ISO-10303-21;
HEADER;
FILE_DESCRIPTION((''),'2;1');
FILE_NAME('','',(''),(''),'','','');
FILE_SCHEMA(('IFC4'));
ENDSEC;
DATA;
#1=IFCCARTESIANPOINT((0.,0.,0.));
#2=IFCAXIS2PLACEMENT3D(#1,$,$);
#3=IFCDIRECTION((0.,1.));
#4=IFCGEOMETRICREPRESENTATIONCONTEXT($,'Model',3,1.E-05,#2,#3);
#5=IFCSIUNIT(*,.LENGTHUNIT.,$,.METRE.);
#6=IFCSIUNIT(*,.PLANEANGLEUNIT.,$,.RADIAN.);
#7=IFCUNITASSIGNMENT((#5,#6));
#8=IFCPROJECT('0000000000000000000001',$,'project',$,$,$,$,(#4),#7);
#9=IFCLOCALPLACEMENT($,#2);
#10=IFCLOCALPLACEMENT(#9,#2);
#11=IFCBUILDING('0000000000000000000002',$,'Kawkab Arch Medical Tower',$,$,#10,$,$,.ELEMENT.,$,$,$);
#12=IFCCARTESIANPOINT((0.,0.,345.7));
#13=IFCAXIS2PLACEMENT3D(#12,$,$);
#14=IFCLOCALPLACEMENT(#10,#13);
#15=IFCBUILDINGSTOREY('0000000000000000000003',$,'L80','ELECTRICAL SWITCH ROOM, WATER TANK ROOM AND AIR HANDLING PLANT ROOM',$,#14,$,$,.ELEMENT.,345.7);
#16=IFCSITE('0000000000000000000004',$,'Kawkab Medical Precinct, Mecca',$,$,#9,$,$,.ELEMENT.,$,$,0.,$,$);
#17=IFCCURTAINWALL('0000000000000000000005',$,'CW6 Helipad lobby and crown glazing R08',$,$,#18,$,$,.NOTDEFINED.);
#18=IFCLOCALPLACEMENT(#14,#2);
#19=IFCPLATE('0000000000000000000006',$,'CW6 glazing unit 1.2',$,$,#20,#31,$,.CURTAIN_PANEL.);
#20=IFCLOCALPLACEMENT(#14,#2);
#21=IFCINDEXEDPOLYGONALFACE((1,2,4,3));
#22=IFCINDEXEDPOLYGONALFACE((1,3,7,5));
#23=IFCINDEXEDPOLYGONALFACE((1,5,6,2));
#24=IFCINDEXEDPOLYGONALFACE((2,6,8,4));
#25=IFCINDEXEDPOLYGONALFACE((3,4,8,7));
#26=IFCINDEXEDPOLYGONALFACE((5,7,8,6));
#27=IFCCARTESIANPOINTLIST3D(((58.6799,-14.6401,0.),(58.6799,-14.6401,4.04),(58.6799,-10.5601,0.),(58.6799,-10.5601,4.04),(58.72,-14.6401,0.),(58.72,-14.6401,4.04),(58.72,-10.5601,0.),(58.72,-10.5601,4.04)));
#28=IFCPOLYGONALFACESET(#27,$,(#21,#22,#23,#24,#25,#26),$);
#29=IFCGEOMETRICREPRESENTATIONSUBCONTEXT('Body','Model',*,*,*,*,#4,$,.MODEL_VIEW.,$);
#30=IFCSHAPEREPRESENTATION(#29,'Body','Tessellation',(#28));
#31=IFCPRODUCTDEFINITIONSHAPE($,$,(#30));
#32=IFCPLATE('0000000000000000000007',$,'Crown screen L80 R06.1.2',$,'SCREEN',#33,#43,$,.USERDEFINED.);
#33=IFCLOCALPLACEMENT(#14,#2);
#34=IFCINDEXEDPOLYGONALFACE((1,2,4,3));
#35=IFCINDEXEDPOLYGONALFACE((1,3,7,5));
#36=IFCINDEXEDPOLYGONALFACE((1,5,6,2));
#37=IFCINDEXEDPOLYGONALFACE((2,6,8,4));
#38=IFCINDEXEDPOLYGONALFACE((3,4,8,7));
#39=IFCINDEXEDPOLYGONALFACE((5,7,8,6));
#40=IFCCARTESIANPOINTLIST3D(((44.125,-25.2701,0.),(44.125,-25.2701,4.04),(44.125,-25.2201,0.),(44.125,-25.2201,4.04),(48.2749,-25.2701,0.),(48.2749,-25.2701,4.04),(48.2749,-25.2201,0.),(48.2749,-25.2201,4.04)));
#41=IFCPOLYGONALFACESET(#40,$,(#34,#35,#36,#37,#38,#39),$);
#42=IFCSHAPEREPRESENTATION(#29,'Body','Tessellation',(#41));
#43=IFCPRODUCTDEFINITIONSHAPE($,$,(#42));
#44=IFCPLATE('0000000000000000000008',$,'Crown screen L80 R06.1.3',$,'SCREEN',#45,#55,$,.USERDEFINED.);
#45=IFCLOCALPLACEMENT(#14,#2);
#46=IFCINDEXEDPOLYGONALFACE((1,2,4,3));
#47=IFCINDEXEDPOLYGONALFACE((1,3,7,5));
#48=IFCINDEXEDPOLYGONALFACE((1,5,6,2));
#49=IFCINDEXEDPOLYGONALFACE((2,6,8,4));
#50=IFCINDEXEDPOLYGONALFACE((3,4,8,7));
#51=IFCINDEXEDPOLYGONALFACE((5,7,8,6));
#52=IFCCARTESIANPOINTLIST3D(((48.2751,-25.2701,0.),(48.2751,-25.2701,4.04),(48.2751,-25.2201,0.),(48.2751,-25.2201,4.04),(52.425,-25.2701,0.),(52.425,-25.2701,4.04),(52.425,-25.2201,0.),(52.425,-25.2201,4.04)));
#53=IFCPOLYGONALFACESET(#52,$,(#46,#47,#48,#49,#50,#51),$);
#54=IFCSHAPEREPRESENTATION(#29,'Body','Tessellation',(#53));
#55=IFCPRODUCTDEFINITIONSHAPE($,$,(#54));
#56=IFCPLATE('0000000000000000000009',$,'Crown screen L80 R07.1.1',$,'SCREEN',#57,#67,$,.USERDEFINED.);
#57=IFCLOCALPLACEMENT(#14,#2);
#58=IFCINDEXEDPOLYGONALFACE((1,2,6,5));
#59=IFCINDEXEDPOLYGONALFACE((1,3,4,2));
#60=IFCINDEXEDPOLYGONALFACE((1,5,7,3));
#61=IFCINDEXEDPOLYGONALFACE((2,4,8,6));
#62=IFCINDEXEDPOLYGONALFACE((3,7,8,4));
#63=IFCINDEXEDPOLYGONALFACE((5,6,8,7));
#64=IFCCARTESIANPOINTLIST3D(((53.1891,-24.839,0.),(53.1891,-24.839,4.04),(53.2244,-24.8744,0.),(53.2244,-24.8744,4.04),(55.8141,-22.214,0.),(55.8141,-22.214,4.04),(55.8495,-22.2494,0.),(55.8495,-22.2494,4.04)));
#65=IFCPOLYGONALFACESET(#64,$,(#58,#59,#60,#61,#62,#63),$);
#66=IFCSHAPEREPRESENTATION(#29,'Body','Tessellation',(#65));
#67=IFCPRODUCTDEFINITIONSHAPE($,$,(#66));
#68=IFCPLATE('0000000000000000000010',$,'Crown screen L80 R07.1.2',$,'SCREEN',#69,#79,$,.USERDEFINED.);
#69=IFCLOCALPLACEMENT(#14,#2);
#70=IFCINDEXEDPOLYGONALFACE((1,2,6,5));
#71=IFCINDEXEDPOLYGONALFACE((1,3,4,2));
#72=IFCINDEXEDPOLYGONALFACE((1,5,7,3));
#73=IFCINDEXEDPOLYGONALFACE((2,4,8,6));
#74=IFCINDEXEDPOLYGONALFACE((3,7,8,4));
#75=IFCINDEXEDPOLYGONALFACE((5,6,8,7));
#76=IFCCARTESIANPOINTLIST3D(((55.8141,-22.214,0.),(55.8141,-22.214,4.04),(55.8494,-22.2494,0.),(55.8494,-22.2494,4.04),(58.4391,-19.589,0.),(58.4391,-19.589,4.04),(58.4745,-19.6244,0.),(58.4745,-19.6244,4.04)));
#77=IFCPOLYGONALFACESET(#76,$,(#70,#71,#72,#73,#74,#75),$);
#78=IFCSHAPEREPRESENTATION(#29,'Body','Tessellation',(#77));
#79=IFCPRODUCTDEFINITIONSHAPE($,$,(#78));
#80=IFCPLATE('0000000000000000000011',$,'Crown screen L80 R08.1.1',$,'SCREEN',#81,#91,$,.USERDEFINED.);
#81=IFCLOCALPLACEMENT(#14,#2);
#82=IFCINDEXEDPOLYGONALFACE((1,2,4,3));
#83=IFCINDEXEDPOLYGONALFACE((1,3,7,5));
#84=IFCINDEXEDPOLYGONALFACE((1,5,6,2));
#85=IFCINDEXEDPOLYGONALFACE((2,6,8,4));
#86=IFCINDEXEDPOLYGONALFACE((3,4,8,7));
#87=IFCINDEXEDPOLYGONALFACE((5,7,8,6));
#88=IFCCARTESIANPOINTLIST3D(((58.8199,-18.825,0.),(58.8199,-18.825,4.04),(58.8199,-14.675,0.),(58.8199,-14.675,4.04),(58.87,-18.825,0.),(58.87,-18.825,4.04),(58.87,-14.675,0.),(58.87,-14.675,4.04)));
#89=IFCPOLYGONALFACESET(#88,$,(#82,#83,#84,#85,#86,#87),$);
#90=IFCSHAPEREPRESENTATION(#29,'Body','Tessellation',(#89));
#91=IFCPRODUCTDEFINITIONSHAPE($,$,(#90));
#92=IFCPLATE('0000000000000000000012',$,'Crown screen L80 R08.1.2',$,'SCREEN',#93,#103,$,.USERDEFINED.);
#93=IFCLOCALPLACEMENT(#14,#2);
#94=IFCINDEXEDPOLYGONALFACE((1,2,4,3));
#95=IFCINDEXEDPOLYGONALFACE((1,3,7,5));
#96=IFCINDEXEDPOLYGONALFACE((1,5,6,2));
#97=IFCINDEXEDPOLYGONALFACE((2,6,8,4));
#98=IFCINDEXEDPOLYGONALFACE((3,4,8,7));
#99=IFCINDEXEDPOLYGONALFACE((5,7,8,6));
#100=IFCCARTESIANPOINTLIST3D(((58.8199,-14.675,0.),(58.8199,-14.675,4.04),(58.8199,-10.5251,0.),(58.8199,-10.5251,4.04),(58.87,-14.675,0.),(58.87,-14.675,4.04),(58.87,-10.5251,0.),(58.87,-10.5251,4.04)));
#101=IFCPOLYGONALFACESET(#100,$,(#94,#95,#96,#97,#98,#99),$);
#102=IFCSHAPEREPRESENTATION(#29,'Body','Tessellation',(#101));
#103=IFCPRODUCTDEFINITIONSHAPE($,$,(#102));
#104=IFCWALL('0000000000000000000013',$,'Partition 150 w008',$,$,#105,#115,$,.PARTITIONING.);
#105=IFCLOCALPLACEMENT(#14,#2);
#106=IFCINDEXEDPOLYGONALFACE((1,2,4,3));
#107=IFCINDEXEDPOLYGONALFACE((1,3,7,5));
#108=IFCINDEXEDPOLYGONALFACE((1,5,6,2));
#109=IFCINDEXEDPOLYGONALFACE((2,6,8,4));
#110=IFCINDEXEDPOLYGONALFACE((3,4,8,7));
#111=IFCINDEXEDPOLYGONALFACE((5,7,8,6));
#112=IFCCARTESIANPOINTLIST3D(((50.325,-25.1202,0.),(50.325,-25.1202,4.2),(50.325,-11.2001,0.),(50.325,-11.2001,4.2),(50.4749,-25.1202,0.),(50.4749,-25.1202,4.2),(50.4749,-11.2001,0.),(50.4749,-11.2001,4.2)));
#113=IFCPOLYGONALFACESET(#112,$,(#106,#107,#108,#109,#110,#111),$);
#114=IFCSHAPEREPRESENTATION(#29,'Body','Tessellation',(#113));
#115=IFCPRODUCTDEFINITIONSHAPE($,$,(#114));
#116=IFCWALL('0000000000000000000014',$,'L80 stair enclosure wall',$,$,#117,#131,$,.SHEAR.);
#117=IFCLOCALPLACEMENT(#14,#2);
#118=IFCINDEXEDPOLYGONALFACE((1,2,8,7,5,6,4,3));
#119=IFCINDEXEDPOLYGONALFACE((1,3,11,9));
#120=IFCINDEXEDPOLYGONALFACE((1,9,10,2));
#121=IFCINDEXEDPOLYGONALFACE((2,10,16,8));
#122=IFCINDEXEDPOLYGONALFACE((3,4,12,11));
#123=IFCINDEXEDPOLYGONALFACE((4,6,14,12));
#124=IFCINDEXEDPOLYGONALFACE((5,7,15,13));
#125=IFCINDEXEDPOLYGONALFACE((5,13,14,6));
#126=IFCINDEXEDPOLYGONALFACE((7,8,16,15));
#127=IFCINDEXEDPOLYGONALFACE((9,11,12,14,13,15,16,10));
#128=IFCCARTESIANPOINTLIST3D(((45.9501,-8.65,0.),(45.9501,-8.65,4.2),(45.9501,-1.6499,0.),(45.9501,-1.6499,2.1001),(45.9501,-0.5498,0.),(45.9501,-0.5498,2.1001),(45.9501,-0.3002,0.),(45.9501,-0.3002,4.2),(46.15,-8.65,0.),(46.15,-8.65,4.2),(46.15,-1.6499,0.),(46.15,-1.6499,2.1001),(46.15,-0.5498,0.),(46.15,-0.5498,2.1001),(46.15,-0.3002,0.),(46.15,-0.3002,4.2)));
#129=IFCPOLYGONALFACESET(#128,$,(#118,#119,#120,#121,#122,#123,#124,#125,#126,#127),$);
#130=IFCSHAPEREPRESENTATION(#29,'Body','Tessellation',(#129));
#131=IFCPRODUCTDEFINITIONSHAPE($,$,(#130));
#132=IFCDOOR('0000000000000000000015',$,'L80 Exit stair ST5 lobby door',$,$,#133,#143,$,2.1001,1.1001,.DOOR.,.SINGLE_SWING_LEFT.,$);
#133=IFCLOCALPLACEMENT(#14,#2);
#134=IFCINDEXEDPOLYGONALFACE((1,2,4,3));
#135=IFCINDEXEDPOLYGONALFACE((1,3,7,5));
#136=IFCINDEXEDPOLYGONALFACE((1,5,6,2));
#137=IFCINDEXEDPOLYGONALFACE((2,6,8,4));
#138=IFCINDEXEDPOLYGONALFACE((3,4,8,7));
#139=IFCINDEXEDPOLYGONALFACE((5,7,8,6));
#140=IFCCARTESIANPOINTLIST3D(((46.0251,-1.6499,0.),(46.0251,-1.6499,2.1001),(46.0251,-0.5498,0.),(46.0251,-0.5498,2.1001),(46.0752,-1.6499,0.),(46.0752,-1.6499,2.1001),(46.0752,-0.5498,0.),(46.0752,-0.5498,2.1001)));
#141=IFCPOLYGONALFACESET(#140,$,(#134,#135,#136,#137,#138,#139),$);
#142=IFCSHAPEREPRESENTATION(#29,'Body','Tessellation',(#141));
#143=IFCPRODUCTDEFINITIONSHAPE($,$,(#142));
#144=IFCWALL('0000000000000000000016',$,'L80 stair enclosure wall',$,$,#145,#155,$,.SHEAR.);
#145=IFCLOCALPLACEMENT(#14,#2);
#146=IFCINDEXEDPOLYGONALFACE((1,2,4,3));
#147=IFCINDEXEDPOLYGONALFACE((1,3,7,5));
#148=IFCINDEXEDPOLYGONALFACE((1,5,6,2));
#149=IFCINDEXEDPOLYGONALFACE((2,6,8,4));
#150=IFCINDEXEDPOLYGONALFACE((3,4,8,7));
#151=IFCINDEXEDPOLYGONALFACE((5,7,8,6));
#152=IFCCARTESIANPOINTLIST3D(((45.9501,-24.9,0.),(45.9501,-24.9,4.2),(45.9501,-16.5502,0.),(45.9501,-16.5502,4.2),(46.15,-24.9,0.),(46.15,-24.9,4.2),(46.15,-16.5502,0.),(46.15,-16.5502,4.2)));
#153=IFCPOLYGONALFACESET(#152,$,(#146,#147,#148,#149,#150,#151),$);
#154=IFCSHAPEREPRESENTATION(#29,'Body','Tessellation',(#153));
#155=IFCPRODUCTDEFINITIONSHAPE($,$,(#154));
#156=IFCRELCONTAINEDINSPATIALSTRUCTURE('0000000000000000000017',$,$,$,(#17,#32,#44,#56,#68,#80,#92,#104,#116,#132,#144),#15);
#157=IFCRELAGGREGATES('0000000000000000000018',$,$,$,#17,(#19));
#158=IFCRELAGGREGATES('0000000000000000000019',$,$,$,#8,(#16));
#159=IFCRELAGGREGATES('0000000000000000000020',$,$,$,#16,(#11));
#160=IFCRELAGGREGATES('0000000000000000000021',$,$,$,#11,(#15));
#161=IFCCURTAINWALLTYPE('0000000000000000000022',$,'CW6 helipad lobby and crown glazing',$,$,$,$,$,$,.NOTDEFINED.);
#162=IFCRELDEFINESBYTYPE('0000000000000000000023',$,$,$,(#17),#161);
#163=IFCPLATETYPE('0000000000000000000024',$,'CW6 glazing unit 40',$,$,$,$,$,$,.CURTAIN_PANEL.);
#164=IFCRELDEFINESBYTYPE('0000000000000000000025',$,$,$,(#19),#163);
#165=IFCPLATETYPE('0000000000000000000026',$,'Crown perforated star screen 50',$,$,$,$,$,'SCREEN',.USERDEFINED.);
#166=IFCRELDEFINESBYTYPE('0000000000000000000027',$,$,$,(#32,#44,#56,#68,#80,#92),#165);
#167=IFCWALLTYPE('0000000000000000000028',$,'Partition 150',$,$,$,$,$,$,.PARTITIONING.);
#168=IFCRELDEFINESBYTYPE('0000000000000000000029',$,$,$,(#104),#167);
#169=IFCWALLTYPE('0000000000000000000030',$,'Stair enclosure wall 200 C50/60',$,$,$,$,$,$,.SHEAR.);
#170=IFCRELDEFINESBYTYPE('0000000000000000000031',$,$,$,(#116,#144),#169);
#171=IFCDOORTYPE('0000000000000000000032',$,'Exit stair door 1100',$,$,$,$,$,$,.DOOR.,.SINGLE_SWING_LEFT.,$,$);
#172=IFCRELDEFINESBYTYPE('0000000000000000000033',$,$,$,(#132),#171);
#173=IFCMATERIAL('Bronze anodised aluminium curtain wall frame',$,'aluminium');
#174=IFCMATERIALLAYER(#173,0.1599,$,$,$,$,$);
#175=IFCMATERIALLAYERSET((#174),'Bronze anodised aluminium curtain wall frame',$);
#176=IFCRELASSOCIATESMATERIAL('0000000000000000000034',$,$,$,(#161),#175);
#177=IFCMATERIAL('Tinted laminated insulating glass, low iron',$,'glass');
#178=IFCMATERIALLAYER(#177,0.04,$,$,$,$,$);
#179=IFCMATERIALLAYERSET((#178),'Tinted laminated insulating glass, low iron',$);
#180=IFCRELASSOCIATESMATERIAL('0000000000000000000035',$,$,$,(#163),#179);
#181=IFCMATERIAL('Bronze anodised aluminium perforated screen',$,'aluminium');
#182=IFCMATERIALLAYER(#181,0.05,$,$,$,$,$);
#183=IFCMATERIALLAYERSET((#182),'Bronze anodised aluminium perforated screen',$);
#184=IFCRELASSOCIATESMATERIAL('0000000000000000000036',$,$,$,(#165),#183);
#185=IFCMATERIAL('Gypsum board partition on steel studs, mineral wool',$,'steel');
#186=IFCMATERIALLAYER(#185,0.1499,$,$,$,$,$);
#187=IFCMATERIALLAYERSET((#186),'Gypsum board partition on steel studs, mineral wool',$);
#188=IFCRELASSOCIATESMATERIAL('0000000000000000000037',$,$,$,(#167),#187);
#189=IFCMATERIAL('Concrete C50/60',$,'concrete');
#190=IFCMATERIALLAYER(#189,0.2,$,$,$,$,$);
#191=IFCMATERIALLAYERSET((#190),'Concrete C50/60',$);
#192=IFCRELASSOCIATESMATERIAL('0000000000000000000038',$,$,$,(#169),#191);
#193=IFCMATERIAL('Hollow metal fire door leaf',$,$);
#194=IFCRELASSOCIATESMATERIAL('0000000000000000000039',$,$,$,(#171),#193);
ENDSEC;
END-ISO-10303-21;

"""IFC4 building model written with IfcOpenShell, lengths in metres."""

from ifc_helpers import new_model, si_unit, direction, frame, frame_2d, origin, origin_2d, place, context, subcontext, project, spatial, rectangle, extrude, material, layer, layer_set, type_object, element, fill, aggregate, save


model = new_model("IFC4")

# Units and contexts
model_context = context("Model", 3, precision=1e-05, world=origin(), true_north=direction((0.0, 1.0)))
body_context = subcontext(model_context, "Body", "Model", "MODEL_VIEW")
ifc_project = project(units=[si_unit("LENGTHUNIT", "METRE"), si_unit("PLANEANGLEUNIT", "RADIAN")], contexts=[model_context])

# Site, building, storey
site_placement = place(None, origin())
site = spatial("IfcSite", under=ifc_project, at=site_placement, Name="Kawkab Medical Precinct, Mecca", CompositionType="ELEMENT", RefElevation=0.0)
building_placement = place(site_placement, origin())
building = spatial("IfcBuilding", under=site, at=building_placement, Name="Kawkab Arch Medical Tower", CompositionType="ELEMENT")
storey_placement = place(building_placement, frame((0.0, 0.0, 345.7)))
storey = spatial("IfcBuildingStorey", under=building, at=storey_placement, Name="L80", Description="ELECTRICAL SWITCH ROOM, WATER TANK ROOM AND AIR HANDLING PLANT ROOM", CompositionType="ELEMENT", Elevation=345.7)

# Shared definitions
ifc_material_1 = material(Name="Bronze anodised aluminium curtain wall frame", Category="aluminium")
ifc_layer_1 = layer(ifc_material_1, 0.1599)
ifc_layer_set_1 = layer_set([ifc_layer_1], Name="Bronze anodised aluminium curtain wall frame")
curtain_wall_type = type_object("IfcCurtainWallType", Name="CW6 helipad lobby and crown glazing", PredefinedType="NOTDEFINED", material=ifc_layer_set_1)
placement = place(storey_placement, origin())

# Curtain wall
curtain_wall_1 = element("IfcCurtainWall", 1, at=placement, inside=storey, type_object=curtain_wall_type, Name="CW6 Helipad lobby and crown glazing R08", PredefinedType="NOTDEFINED")

# Plate
ifc_material_2 = material(Name="Tinted laminated insulating glass, low iron", Category="glass")
ifc_layer_2 = layer(ifc_material_2, 0.04)
ifc_layer_set_2 = layer_set([ifc_layer_2], Name="Tinted laminated insulating glass, low iron")
plate_type_1 = type_object("IfcPlateType", Name="CW6 glazing unit 40", PredefinedType="CURTAIN_PANEL", material=ifc_layer_set_2)
plate_1_placement = place(storey_placement, frame((58.7, -12.6001, 0.0), z_axis=(0.0, 0.0, 1.0), x_axis=(0.0, 1.0, 0.0)))
plate_1 = element("IfcPlate", 2, at=plate_1_placement, type_object=plate_type_1, Name="CW6 glazing unit 1.2", PredefinedType="CURTAIN_PANEL", context=body_context, shape_type="SweptSolid", body=[
    extrude(rectangle(XDim=4.0801, YDim=0.04, at=origin_2d()), origin(), (0.0, 0.0, 1.0), 4.04),
])
aggregate(curtain_wall_1, [plate_1])

# Plates
ifc_material_3 = material(Name="Bronze anodised aluminium perforated screen", Category="aluminium")
ifc_layer_3 = layer(ifc_material_3, 0.05)
ifc_layer_set_3 = layer_set([ifc_layer_3], Name="Bronze anodised aluminium perforated screen")
plate_type_2 = type_object("IfcPlateType", Name="Crown perforated star screen 50", ElementType="SCREEN", PredefinedType="USERDEFINED", material=ifc_layer_set_3)
for number, where, z_axis, x_axis, name in (
    (3, (46.2, -25.2451, 0.0), (0.0, 0.0, 1.0), (1.0, 0.0, 0.0), "Crown screen L80 R06.1.2"),
    (4, (50.3501, -25.2451, 0.0), (0.0, 0.0, 1.0), (1.0, 0.0, 0.0), "Crown screen L80 R06.1.3"),
):
    element("IfcPlate", number, at=place(storey_placement, frame(where, z_axis=z_axis, x_axis=x_axis)), inside=storey, type_object=plate_type_2, Name=name, ObjectType="SCREEN", PredefinedType="USERDEFINED", context=body_context, shape_type="SweptSolid", body=[
        extrude(rectangle(XDim=4.1499, YDim=0.05, at=origin_2d()), origin(), (0.0, 0.0, 1.0), 4.04),
    ])
for number, where, z_axis, x_axis, name in (
    (5, (54.5193, -23.5442, 0.0), (0.0, 0.0, 1.0), (0.707107, 0.707107, 0.0), "Crown screen L80 R07.1.1"),
    (6, (57.1443, -20.9192, 0.0), (0.0, 0.0, 1.0), (0.707107, 0.707107, 0.0), "Crown screen L80 R07.1.2"),
):
    element("IfcPlate", number, at=place(storey_placement, frame(where, z_axis=z_axis, x_axis=x_axis)), inside=storey, type_object=plate_type_2, Name=name, ObjectType="SCREEN", PredefinedType="USERDEFINED", context=body_context, shape_type="SweptSolid", body=[
        extrude(rectangle(XDim=3.7124, YDim=0.05, at=origin_2d()), origin(), (0.0, 0.0, 1.0), 4.04),
    ])
for number, where, z_axis, x_axis, name in (
    (7, (58.845, -16.75, 0.0), (0.0, 0.0, 1.0), (0.0, 1.0, 0.0), "Crown screen L80 R08.1.1"),
    (8, (58.845, -12.6001, 0.0), (0.0, 0.0, 1.0), (0.0, 1.0, 0.0), "Crown screen L80 R08.1.2"),
):
    element("IfcPlate", number, at=place(storey_placement, frame(where, z_axis=z_axis, x_axis=x_axis)), inside=storey, type_object=plate_type_2, Name=name, ObjectType="SCREEN", PredefinedType="USERDEFINED", context=body_context, shape_type="SweptSolid", body=[
        extrude(rectangle(XDim=4.1499, YDim=0.05, at=origin_2d()), origin(), (0.0, 0.0, 1.0), 4.04),
    ])

# Wall
ifc_material_4 = material(Name="Gypsum board partition on steel studs, mineral wool", Category="steel")
ifc_layer_4 = layer(ifc_material_4, 0.1499)
ifc_layer_set_4 = layer_set([ifc_layer_4], Name="Gypsum board partition on steel studs, mineral wool")
wall_type_1 = type_object("IfcWallType", Name="Partition 150", PredefinedType="PARTITIONING", material=ifc_layer_set_4)
wall_1_placement = place(storey_placement, frame((50.3999, -25.1201, 0.0), z_axis=(0.0, 0.0, 1.0), x_axis=(0.0, 1.0, 0.0)))
element("IfcWall", 9, at=wall_1_placement, inside=storey, type_object=wall_type_1, Name="Partition 150 w008", PredefinedType="PARTITIONING", context=body_context, shape_type="SweptSolid", body=[
    extrude(rectangle(XDim=13.9202, YDim=0.1499, at=frame_2d((6.96, 0.0))), origin(), (0.0, 0.0, 1.0), 4.2),
])

# Wall, opening, door
ifc_material_5 = material(Name="Concrete C50/60", Category="concrete")
ifc_layer_5 = layer(ifc_material_5, 0.2)
ifc_layer_set_5 = layer_set([ifc_layer_5], Name="Concrete C50/60")
wall_type_2 = type_object("IfcWallType", Name="Stair enclosure wall 200 C50/60", PredefinedType="SHEAR", material=ifc_layer_set_5)
wall_2_placement = place(storey_placement, frame((46.05, -8.6499, 0.0), z_axis=(0.0, 0.0, 1.0), x_axis=(0.0, 1.0, 0.0)))
wall_2 = element("IfcWall", 10, at=wall_2_placement, inside=storey, type_object=wall_type_2, Name="L80 stair enclosure wall", PredefinedType="SHEAR", context=body_context, shape_type="SweptSolid", body=[
    extrude(rectangle(XDim=8.3499, YDim=0.2, at=frame_2d((4.1748, 0.0))), origin(), (0.0, 0.0, 1.0), 4.2),
])
opening_placement = place(wall_2_placement, frame((7.0, 0.0, 0.0)))
opening = element("IfcOpeningElement", 11, at=opening_placement, cuts=wall_2, PredefinedType="OPENING", context=body_context, shape_type="SweptSolid", body=[
    extrude(rectangle(XDim=1.1001, YDim=2.1001, at=frame_2d((0.55, 1.05))), frame((0.0, 0.1099, 0.0), z_axis=(0.0, -1.0, 0.0), x_axis=(1.0, 0.0, 0.0)), (0.0, 0.0, 1.0), 0.22),
])
ifc_material_6 = material(Name="Hollow metal fire door leaf")
door_type = type_object("IfcDoorType", Name="Exit stair door 1100", OperationType="SINGLE_SWING_LEFT", PredefinedType="DOOR", material=ifc_material_6)
door_placement = place(opening_placement, origin())
door = element("IfcDoor", 12, at=door_placement, inside=storey, type_object=door_type, Name="L80 Exit stair ST5 lobby door", OperationType="SINGLE_SWING_LEFT", OverallHeight=2.1001, OverallWidth=1.1001, PredefinedType="DOOR", context=body_context, shape_type="SweptSolid", body=[
    extrude(rectangle(XDim=1.1001, YDim=2.1001, at=frame_2d((0.55, 1.05))), frame((0.0, 0.0249, 0.0), z_axis=(0.0, -1.0, 0.0), x_axis=(1.0, 0.0, 0.0)), (0.0, 0.0, 1.0), 0.05),
])
fill(opening, door)

# Wall
wall_3_placement = place(storey_placement, frame((46.05, -24.8999, 0.0), z_axis=(0.0, 0.0, 1.0), x_axis=(0.0, 1.0, 0.0)))
element("IfcWall", 13, at=wall_3_placement, inside=storey, type_object=wall_type_2, Name="L80 stair enclosure wall", PredefinedType="SHEAR", context=body_context, shape_type="SweptSolid", body=[
    extrude(rectangle(XDim=8.3499, YDim=0.2, at=frame_2d((4.1748, 0.0))), origin(), (0.0, 0.0, 1.0), 4.2),
])

save(model, "model.ifc")
